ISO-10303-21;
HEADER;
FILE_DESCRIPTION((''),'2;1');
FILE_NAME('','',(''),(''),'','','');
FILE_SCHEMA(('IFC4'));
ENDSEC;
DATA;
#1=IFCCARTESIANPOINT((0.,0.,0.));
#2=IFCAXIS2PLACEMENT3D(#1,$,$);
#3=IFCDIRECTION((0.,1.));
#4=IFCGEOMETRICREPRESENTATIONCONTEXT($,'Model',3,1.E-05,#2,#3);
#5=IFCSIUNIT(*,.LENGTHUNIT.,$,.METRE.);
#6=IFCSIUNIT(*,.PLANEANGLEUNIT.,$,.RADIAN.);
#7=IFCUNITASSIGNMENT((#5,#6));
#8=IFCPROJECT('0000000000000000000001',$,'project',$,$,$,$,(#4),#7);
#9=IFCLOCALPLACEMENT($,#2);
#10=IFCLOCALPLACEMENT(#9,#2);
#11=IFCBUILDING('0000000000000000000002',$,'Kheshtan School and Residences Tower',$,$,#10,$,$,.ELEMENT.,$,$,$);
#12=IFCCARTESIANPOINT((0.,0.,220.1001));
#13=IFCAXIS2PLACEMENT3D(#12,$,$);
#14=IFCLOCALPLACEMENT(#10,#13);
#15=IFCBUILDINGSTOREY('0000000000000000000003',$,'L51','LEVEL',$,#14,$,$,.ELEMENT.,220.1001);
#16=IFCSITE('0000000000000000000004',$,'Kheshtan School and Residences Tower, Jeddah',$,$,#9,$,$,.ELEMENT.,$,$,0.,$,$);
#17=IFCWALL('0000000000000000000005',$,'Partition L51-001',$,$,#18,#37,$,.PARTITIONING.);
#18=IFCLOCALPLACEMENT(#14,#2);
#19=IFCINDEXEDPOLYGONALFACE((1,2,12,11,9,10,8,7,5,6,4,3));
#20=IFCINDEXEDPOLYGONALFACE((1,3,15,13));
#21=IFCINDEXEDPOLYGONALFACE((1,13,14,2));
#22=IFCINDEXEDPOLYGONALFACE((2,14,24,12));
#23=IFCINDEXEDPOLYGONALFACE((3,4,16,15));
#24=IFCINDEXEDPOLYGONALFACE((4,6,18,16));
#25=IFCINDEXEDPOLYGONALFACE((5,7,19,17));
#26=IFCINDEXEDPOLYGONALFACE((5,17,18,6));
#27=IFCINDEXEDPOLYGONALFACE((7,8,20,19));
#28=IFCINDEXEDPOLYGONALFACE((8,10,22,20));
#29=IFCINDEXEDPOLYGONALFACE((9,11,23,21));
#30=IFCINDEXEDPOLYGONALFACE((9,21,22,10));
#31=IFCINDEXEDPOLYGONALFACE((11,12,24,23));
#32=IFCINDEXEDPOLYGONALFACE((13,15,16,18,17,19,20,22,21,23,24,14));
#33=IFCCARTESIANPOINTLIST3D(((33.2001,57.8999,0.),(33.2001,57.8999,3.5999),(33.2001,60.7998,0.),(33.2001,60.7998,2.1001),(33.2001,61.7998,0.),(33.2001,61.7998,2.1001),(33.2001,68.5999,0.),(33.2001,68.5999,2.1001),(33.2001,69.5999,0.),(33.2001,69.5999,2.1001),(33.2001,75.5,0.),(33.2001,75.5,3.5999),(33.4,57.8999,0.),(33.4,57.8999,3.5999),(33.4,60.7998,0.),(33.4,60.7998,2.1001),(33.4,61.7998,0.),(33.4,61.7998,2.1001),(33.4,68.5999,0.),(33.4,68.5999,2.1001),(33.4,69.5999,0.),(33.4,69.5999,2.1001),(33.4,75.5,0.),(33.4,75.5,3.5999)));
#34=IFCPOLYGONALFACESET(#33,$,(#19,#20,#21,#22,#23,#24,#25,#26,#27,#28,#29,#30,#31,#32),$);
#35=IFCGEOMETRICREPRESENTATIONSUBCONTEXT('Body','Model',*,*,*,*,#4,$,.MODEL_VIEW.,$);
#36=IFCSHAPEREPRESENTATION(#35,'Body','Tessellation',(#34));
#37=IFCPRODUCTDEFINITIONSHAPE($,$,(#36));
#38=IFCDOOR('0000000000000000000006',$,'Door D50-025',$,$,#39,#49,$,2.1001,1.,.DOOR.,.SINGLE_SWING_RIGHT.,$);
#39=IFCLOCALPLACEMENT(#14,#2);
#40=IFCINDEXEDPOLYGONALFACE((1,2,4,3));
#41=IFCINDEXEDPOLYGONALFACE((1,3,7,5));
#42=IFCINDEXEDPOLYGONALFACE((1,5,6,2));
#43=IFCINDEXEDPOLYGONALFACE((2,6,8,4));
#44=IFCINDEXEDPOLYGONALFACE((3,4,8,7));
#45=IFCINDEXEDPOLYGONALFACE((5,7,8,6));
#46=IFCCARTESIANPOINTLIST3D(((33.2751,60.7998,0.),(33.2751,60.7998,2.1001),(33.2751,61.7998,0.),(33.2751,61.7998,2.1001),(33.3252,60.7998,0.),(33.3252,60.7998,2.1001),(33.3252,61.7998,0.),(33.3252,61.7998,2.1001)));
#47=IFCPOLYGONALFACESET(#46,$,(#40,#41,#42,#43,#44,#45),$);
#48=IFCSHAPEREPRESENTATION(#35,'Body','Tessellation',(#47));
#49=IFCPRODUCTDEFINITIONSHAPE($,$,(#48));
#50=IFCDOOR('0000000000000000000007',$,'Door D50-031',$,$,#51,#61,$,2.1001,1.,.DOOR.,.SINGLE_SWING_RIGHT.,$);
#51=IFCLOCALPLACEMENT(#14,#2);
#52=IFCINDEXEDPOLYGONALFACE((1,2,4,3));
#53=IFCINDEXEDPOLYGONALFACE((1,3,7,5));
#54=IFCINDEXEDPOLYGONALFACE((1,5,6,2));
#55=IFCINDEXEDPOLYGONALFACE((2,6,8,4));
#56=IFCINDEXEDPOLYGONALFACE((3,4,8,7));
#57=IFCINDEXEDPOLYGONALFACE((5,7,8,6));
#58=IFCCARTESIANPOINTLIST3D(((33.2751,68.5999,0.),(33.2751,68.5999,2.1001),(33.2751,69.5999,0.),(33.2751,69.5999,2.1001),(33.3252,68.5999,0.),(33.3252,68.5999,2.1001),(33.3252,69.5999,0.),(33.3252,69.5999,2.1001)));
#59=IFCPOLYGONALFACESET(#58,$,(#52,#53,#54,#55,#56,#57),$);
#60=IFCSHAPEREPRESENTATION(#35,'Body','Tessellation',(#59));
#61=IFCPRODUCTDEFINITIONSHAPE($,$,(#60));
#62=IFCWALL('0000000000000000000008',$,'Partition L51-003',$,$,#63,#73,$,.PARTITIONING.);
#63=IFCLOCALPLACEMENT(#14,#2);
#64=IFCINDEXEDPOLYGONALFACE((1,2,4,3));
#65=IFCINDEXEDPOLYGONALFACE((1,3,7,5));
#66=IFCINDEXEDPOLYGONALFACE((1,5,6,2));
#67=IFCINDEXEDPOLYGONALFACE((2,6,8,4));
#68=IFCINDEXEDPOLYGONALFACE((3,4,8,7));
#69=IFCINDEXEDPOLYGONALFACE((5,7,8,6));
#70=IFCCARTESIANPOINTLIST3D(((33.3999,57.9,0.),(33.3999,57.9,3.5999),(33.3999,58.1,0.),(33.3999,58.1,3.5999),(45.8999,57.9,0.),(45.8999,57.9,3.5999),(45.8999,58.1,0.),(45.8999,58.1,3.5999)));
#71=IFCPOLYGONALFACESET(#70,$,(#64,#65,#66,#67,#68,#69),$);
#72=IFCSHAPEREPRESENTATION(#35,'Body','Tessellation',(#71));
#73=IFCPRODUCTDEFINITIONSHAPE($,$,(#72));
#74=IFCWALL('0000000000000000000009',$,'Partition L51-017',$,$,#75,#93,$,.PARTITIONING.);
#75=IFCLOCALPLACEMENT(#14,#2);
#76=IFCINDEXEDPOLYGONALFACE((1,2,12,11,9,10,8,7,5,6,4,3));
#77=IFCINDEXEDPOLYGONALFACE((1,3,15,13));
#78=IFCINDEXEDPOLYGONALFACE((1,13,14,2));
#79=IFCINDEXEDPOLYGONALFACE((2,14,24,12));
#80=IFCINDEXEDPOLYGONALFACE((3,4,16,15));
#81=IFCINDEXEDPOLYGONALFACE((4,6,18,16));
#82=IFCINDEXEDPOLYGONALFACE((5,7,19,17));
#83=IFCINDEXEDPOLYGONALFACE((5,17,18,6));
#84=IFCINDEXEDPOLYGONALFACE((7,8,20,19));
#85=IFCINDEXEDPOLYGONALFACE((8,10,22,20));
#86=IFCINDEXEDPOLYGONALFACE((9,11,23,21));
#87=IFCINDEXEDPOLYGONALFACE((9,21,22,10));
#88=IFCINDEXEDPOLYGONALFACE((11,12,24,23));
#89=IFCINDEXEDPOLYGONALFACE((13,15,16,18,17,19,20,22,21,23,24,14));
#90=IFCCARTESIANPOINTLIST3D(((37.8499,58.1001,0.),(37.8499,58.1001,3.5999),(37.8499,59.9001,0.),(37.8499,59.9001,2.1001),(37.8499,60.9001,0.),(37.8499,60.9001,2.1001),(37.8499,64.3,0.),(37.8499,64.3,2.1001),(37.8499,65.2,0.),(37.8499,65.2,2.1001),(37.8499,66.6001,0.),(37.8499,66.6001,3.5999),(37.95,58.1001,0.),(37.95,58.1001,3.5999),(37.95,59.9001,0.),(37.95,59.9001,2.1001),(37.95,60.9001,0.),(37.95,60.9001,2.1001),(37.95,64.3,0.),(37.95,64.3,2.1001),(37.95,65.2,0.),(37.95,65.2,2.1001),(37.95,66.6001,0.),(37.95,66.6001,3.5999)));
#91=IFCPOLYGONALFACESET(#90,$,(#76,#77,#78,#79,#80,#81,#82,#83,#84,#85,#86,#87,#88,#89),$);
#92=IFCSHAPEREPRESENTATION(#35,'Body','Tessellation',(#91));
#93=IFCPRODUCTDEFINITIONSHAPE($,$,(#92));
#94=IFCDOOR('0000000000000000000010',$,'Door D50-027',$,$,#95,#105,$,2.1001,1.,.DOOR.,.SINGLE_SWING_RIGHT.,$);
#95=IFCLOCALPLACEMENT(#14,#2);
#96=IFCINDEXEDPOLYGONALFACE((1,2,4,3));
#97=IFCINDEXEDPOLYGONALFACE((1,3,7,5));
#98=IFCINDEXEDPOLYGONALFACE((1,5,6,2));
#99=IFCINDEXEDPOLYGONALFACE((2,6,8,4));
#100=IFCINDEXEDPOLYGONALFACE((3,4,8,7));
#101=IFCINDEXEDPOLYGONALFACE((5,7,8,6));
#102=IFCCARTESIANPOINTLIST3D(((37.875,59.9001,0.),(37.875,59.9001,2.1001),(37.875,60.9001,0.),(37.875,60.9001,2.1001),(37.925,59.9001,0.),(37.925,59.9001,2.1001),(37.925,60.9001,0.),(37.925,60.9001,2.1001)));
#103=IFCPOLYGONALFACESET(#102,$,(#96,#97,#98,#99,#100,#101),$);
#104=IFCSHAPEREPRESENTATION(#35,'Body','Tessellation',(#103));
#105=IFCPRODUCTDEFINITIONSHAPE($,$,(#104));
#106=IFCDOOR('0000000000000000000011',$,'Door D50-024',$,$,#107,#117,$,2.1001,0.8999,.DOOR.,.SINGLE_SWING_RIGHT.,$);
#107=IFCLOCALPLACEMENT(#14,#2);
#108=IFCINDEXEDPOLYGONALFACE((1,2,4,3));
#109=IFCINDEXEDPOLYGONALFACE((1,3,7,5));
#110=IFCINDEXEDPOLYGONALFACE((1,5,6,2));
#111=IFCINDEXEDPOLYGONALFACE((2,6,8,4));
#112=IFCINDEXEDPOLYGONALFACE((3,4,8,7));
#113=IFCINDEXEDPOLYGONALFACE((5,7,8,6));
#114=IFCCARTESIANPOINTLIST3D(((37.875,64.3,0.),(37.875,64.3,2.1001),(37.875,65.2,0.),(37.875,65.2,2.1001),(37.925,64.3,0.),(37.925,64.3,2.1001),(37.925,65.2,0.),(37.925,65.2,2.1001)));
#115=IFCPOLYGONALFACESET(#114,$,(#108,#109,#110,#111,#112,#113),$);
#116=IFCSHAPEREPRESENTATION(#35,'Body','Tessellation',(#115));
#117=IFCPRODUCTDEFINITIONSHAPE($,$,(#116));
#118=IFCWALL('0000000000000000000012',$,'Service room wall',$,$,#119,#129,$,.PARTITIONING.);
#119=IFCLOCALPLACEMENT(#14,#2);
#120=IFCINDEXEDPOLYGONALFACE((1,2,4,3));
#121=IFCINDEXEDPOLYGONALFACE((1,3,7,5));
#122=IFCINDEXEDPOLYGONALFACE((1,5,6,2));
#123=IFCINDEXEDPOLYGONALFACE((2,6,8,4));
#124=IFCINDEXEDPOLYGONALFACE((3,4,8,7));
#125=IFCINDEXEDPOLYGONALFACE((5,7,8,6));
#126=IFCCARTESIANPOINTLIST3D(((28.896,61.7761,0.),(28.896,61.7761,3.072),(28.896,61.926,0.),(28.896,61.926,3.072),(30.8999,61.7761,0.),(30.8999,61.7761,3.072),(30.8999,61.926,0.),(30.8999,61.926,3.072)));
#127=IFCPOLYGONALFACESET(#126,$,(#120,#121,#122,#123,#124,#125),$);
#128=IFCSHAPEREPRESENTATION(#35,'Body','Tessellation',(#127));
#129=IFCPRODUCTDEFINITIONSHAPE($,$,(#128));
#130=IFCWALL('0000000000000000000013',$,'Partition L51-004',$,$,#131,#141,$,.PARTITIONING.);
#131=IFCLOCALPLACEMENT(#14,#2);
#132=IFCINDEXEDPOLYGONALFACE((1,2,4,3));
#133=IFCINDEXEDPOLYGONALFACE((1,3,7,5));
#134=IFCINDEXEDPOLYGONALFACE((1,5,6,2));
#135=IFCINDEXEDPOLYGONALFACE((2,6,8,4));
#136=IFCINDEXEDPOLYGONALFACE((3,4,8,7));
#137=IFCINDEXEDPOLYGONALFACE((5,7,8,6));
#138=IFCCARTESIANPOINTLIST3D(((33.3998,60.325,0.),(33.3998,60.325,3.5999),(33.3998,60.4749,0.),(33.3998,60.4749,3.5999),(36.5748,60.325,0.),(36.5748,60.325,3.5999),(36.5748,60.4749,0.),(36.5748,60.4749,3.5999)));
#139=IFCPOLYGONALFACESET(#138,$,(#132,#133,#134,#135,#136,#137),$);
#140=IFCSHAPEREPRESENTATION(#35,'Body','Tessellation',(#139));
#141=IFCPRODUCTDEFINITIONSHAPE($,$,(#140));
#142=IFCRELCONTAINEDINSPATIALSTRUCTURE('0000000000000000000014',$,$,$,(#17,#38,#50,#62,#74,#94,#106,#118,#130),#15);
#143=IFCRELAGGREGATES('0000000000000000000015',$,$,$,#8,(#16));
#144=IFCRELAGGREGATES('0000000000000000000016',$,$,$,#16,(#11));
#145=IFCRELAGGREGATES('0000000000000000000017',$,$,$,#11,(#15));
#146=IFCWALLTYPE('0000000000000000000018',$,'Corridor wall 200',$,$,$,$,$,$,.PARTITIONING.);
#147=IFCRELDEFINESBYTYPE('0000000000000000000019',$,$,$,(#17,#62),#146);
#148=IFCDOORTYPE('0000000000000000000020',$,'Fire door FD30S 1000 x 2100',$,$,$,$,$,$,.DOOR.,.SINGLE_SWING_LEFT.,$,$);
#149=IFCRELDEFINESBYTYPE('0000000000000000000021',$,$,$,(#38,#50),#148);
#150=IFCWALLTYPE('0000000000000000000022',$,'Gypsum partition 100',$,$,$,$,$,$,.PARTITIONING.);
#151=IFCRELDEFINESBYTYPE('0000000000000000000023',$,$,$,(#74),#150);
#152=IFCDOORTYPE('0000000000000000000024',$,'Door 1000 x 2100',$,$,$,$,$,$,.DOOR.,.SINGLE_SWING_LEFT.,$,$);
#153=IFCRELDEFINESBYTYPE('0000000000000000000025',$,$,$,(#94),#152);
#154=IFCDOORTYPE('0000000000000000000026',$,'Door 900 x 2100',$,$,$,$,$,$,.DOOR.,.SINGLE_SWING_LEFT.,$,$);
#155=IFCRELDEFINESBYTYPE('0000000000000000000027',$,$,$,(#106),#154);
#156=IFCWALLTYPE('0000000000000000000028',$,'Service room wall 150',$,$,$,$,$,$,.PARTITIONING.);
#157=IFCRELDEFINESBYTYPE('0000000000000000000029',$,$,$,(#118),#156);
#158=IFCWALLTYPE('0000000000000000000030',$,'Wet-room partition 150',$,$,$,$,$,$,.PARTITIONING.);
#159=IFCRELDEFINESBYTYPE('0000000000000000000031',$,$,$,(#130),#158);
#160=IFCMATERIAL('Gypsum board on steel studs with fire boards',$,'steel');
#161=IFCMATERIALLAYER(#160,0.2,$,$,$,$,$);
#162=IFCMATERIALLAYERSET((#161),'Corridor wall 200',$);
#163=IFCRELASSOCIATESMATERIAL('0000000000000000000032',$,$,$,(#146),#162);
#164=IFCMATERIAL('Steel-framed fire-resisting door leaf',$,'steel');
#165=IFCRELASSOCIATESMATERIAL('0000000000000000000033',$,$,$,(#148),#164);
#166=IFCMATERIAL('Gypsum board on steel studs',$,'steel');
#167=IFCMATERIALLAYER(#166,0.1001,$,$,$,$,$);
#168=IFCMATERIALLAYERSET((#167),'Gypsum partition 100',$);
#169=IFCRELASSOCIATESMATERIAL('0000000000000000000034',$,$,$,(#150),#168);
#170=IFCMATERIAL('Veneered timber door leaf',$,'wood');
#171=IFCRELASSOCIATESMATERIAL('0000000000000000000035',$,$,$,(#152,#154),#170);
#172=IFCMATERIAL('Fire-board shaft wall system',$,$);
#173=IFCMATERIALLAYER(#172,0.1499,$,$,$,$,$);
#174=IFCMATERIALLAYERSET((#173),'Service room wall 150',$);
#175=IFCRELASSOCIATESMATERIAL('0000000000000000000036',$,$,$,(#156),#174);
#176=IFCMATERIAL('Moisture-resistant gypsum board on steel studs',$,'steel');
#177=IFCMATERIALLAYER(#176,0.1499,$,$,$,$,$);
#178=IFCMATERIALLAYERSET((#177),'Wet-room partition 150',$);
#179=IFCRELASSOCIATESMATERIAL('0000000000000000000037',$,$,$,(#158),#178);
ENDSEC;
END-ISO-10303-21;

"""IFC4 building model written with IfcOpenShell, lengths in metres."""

from ifc_helpers import new_model, si_unit, direction, frame, frame_2d, origin, place, context, subcontext, project, spatial, rectangle, extrude, source, transform, mapped, material, layer, layer_set, type_object, element, fill, save


model = new_model("IFC4")

# Units and contexts
model_context = context("Model", 3, precision=1e-05, world=origin(), true_north=direction((0.0, 1.0)))
body_context = subcontext(model_context, "Body", "Model", "MODEL_VIEW")
ifc_project = project(units=[si_unit("LENGTHUNIT", "METRE"), si_unit("PLANEANGLEUNIT", "RADIAN")], contexts=[model_context])

# Site, building, storey
site_placement = place(None, origin())
site = spatial("IfcSite", under=ifc_project, at=site_placement, Name="Kheshtan School and Residences Tower, Jeddah", CompositionType="ELEMENT", RefElevation=0.0)
building_placement = place(site_placement, origin())
building = spatial("IfcBuilding", under=site, at=building_placement, Name="Kheshtan School and Residences Tower", CompositionType="ELEMENT")
storey_placement = place(building_placement, frame((0.0, 0.0, 220.1001)))
storey = spatial("IfcBuildingStorey", under=building, at=storey_placement, Name="L51", Description="LEVEL", CompositionType="ELEMENT", Elevation=220.1001)

# Wall, openings, doors
ifc_material_1 = material(Name="Gypsum board on steel studs with fire boards", Category="steel")
ifc_layer_1 = layer(ifc_material_1, 0.2)
ifc_layer_set_1 = layer_set([ifc_layer_1], Name="Corridor wall 200")
wall_type_1 = type_object("IfcWallType", Name="Corridor wall 200", PredefinedType="PARTITIONING", material=ifc_layer_set_1)
wall_1_placement = place(storey_placement, frame((33.3, 57.8999, 0.0), z_axis=(0.0, 0.0, 1.0), x_axis=(0.0, 1.0, 0.0)))
wall_1 = element("IfcWall", 1, at=wall_1_placement, inside=storey, type_object=wall_type_1, Name="Partition L51-001", PredefinedType="PARTITIONING", context=body_context, shape_type="SweptSolid", body=[
    extrude(rectangle(XDim=17.6001, YDim=0.2, at=frame_2d((8.8, 0.0))), origin(), (0.0, 0.0, 1.0), 3.5999),
])
opening_1_placement = place(wall_1_placement, frame((2.8999, 0.0, 0.0)))
opening_1 = element("IfcOpeningElement", 2, at=opening_1_placement, cuts=wall_1, PredefinedType="OPENING", context=body_context, shape_type="SweptSolid", body=[
    extrude(rectangle(XDim=1.0, YDim=2.1001, at=frame_2d((0.5, 1.05))), frame((0.0, 0.1099, 0.0), z_axis=(0.0, -1.0, 0.0), x_axis=(1.0, 0.0, 0.0)), (0.0, 0.0, 1.0), 0.22),
])
opening_2_placement = place(wall_1_placement, frame((10.7, 0.0, 0.0)))
opening_2 = element("IfcOpeningElement", 3, at=opening_2_placement, cuts=wall_1, PredefinedType="OPENING", context=body_context, shape_type="SweptSolid", body=[
    extrude(rectangle(XDim=1.0, YDim=2.1001, at=frame_2d((0.5, 1.05))), frame((0.0, 0.1099, 0.0), z_axis=(0.0, -1.0, 0.0), x_axis=(1.0, 0.0, 0.0)), (0.0, 0.0, 1.0), 0.22),
])
ifc_material_2 = material(Name="Steel-framed fire-resisting door leaf", Category="steel")
door_type_1 = type_object("IfcDoorType", Name="Fire door FD30S 1000 x 2100", OperationType="SINGLE_SWING_LEFT", PredefinedType="DOOR", material=ifc_material_2)
shared_shape_1 = source(origin(), body_context, "Body", "SweptSolid", [
    extrude(rectangle(XDim=1.0, YDim=2.1001, at=frame_2d((0.5, 1.05))), frame((0.0, 0.0249, 0.0), z_axis=(0.0, -1.0, 0.0), x_axis=(1.0, 0.0, 0.0)), (0.0, 0.0, 1.0), 0.05),
])
door_1_placement = place(opening_1_placement, origin())
door_1 = element("IfcDoor", 4, at=door_1_placement, inside=storey, type_object=door_type_1, Name="Door D50-025", OperationType="SINGLE_SWING_RIGHT", OverallHeight=2.1001, OverallWidth=1.0, PredefinedType="DOOR", context=body_context, shape_type="MappedRepresentation", body=[
    mapped(shared_shape_1, transform((0.0, 0.0, 0.0), x_axis=(1.0, 0.0, 0.0), y_axis=(0.0, 1.0, 0.0), z_axis=(0.0, 0.0, 1.0), scale=1.0)),
])
fill(opening_1, door_1)
door_2_placement = place(opening_2_placement, origin())
door_2 = element("IfcDoor", 5, at=door_2_placement, inside=storey, type_object=door_type_1, Name="Door D50-031", OperationType="SINGLE_SWING_RIGHT", OverallHeight=2.1001, OverallWidth=1.0, PredefinedType="DOOR", context=body_context, shape_type="MappedRepresentation", body=[
    mapped(shared_shape_1, transform((0.0, 0.0, 0.0), x_axis=(1.0, 0.0, 0.0), y_axis=(0.0, 1.0, 0.0), z_axis=(0.0, 0.0, 1.0), scale=1.0)),
])
fill(opening_2, door_2)

# Wall
wall_2_placement = place(storey_placement, frame((33.3999, 58.0, 0.0), z_axis=(0.0, 0.0, 1.0), x_axis=(1.0, 0.0, 0.0)))
element("IfcWall", 6, at=wall_2_placement, inside=storey, type_object=wall_type_1, Name="Partition L51-003", PredefinedType="PARTITIONING", context=body_context, shape_type="SweptSolid", body=[
    extrude(rectangle(XDim=12.5, YDim=0.2, at=frame_2d((6.25, 0.0))), origin(), (0.0, 0.0, 1.0), 3.5999),
])

# Wall, openings, doors
ifc_material_3 = material(Name="Gypsum board on steel studs", Category="steel")
ifc_layer_2 = layer(ifc_material_3, 0.1001)
ifc_layer_set_2 = layer_set([ifc_layer_2], Name="Gypsum partition 100")
wall_type_2 = type_object("IfcWallType", Name="Gypsum partition 100", PredefinedType="PARTITIONING", material=ifc_layer_set_2)
wall_3_placement = place(storey_placement, frame((37.8999, 58.1001, 0.0), z_axis=(0.0, 0.0, 1.0), x_axis=(0.0, 1.0, 0.0)))
wall_3 = element("IfcWall", 7, at=wall_3_placement, inside=storey, type_object=wall_type_2, Name="Partition L51-017", PredefinedType="PARTITIONING", context=body_context, shape_type="SweptSolid", body=[
    extrude(rectangle(XDim=8.5, YDim=0.1001, at=frame_2d((4.25, 0.0))), origin(), (0.0, 0.0, 1.0), 3.5999),
])
opening_3_placement = place(wall_3_placement, frame((6.2, 0.0, 0.0)))
opening_3 = element("IfcOpeningElement", 8, at=opening_3_placement, cuts=wall_3, PredefinedType="OPENING", context=body_context, shape_type="SweptSolid", body=[
    extrude(rectangle(XDim=0.8999, YDim=2.1001, at=frame_2d((0.45, 1.05))), frame((0.0, 0.0601, 0.0), z_axis=(0.0, -1.0, 0.0), x_axis=(1.0, 0.0, 0.0)), (0.0, 0.0, 1.0), 0.1201),
])
opening_4_placement = place(wall_3_placement, frame((1.8, 0.0, 0.0)))
opening_4 = element("IfcOpeningElement", 9, at=opening_4_placement, cuts=wall_3, PredefinedType="OPENING", context=body_context, shape_type="SweptSolid", body=[
    extrude(rectangle(XDim=1.0, YDim=2.1001, at=frame_2d((0.5, 1.05))), frame((0.0, 0.0601, 0.0), z_axis=(0.0, -1.0, 0.0), x_axis=(1.0, 0.0, 0.0)), (0.0, 0.0, 1.0), 0.1201),
])
ifc_material_4 = material(Name="Veneered timber door leaf", Category="wood")
door_type_2 = type_object("IfcDoorType", Name="Door 1000 x 2100", OperationType="SINGLE_SWING_LEFT", PredefinedType="DOOR", material=ifc_material_4)
shared_shape_2 = source(origin(), body_context, "Body", "SweptSolid", [
    extrude(rectangle(XDim=1.0, YDim=2.1001, at=frame_2d((0.5, 1.05))), frame((0.0, 0.0249, 0.0), z_axis=(0.0, -1.0, 0.0), x_axis=(1.0, 0.0, 0.0)), (0.0, 0.0, 1.0), 0.05),
])
door_3_placement = place(opening_4_placement, origin())
door_3 = element("IfcDoor", 10, at=door_3_placement, inside=storey, type_object=door_type_2, Name="Door D50-027", OperationType="SINGLE_SWING_RIGHT", OverallHeight=2.1001, OverallWidth=1.0, PredefinedType="DOOR", context=body_context, shape_type="MappedRepresentation", body=[
    mapped(shared_shape_2, transform((0.0, 0.0, 0.0), x_axis=(1.0, 0.0, 0.0), y_axis=(0.0, 1.0, 0.0), z_axis=(0.0, 0.0, 1.0), scale=1.0)),
])
fill(opening_4, door_3)
door_type_3 = type_object("IfcDoorType", Name="Door 900 x 2100", OperationType="SINGLE_SWING_LEFT", PredefinedType="DOOR", material=ifc_material_4)
shared_shape_3 = source(origin(), body_context, "Body", "SweptSolid", [
    extrude(rectangle(XDim=0.8999, YDim=2.1001, at=frame_2d((0.45, 1.05))), frame((0.0, 0.0249, 0.0), z_axis=(0.0, -1.0, 0.0), x_axis=(1.0, 0.0, 0.0)), (0.0, 0.0, 1.0), 0.05),
])
door_4_placement = place(opening_3_placement, origin())
door_4 = element("IfcDoor", 11, at=door_4_placement, inside=storey, type_object=door_type_3, Name="Door D50-024", OperationType="SINGLE_SWING_RIGHT", OverallHeight=2.1001, OverallWidth=0.8999, PredefinedType="DOOR", context=body_context, shape_type="MappedRepresentation", body=[
    mapped(shared_shape_3, transform((0.0, 0.0, 0.0), x_axis=(1.0, 0.0, 0.0), y_axis=(0.0, 1.0, 0.0), z_axis=(0.0, 0.0, 1.0), scale=1.0)),
])
fill(opening_3, door_4)

# Walls
ifc_material_5 = material(Name="Fire-board shaft wall system")
ifc_layer_3 = layer(ifc_material_5, 0.1499)
ifc_layer_set_3 = layer_set([ifc_layer_3], Name="Service room wall 150")
wall_type_3 = type_object("IfcWallType", Name="Service room wall 150", PredefinedType="PARTITIONING", material=ifc_layer_set_3)
wall_4_placement = place(storey_placement, frame((28.896, 61.8511, 0.0), z_axis=(0.0, 0.0, 1.0), x_axis=(1.0, 0.0, 0.0)))
element("IfcWall", 12, at=wall_4_placement, inside=storey, type_object=wall_type_3, Name="Service room wall", PredefinedType="PARTITIONING", context=body_context, shape_type="SweptSolid", body=[
    extrude(rectangle(XDim=2.0039, YDim=0.1499, at=frame_2d((1.002, 0.0))), origin(), (0.0, 0.0, 1.0), 3.072),
])
ifc_material_6 = material(Name="Moisture-resistant gypsum board on steel studs", Category="steel")
ifc_layer_4 = layer(ifc_material_6, 0.1499)
ifc_layer_set_4 = layer_set([ifc_layer_4], Name="Wet-room partition 150")
wall_type_4 = type_object("IfcWallType", Name="Wet-room partition 150", PredefinedType="PARTITIONING", material=ifc_layer_set_4)
wall_5_placement = place(storey_placement, frame((33.3999, 60.3999, 0.0), z_axis=(0.0, 0.0, 1.0), x_axis=(1.0, 0.0, 0.0)))
element("IfcWall", 13, at=wall_5_placement, inside=storey, type_object=wall_type_4, Name="Partition L51-004", PredefinedType="PARTITIONING", context=body_context, shape_type="SweptSolid", body=[
    extrude(rectangle(XDim=3.175, YDim=0.1499, at=frame_2d((1.5874, 0.0))), origin(), (0.0, 0.0, 1.0), 3.5999),
])

save(model, "model.ifc")
